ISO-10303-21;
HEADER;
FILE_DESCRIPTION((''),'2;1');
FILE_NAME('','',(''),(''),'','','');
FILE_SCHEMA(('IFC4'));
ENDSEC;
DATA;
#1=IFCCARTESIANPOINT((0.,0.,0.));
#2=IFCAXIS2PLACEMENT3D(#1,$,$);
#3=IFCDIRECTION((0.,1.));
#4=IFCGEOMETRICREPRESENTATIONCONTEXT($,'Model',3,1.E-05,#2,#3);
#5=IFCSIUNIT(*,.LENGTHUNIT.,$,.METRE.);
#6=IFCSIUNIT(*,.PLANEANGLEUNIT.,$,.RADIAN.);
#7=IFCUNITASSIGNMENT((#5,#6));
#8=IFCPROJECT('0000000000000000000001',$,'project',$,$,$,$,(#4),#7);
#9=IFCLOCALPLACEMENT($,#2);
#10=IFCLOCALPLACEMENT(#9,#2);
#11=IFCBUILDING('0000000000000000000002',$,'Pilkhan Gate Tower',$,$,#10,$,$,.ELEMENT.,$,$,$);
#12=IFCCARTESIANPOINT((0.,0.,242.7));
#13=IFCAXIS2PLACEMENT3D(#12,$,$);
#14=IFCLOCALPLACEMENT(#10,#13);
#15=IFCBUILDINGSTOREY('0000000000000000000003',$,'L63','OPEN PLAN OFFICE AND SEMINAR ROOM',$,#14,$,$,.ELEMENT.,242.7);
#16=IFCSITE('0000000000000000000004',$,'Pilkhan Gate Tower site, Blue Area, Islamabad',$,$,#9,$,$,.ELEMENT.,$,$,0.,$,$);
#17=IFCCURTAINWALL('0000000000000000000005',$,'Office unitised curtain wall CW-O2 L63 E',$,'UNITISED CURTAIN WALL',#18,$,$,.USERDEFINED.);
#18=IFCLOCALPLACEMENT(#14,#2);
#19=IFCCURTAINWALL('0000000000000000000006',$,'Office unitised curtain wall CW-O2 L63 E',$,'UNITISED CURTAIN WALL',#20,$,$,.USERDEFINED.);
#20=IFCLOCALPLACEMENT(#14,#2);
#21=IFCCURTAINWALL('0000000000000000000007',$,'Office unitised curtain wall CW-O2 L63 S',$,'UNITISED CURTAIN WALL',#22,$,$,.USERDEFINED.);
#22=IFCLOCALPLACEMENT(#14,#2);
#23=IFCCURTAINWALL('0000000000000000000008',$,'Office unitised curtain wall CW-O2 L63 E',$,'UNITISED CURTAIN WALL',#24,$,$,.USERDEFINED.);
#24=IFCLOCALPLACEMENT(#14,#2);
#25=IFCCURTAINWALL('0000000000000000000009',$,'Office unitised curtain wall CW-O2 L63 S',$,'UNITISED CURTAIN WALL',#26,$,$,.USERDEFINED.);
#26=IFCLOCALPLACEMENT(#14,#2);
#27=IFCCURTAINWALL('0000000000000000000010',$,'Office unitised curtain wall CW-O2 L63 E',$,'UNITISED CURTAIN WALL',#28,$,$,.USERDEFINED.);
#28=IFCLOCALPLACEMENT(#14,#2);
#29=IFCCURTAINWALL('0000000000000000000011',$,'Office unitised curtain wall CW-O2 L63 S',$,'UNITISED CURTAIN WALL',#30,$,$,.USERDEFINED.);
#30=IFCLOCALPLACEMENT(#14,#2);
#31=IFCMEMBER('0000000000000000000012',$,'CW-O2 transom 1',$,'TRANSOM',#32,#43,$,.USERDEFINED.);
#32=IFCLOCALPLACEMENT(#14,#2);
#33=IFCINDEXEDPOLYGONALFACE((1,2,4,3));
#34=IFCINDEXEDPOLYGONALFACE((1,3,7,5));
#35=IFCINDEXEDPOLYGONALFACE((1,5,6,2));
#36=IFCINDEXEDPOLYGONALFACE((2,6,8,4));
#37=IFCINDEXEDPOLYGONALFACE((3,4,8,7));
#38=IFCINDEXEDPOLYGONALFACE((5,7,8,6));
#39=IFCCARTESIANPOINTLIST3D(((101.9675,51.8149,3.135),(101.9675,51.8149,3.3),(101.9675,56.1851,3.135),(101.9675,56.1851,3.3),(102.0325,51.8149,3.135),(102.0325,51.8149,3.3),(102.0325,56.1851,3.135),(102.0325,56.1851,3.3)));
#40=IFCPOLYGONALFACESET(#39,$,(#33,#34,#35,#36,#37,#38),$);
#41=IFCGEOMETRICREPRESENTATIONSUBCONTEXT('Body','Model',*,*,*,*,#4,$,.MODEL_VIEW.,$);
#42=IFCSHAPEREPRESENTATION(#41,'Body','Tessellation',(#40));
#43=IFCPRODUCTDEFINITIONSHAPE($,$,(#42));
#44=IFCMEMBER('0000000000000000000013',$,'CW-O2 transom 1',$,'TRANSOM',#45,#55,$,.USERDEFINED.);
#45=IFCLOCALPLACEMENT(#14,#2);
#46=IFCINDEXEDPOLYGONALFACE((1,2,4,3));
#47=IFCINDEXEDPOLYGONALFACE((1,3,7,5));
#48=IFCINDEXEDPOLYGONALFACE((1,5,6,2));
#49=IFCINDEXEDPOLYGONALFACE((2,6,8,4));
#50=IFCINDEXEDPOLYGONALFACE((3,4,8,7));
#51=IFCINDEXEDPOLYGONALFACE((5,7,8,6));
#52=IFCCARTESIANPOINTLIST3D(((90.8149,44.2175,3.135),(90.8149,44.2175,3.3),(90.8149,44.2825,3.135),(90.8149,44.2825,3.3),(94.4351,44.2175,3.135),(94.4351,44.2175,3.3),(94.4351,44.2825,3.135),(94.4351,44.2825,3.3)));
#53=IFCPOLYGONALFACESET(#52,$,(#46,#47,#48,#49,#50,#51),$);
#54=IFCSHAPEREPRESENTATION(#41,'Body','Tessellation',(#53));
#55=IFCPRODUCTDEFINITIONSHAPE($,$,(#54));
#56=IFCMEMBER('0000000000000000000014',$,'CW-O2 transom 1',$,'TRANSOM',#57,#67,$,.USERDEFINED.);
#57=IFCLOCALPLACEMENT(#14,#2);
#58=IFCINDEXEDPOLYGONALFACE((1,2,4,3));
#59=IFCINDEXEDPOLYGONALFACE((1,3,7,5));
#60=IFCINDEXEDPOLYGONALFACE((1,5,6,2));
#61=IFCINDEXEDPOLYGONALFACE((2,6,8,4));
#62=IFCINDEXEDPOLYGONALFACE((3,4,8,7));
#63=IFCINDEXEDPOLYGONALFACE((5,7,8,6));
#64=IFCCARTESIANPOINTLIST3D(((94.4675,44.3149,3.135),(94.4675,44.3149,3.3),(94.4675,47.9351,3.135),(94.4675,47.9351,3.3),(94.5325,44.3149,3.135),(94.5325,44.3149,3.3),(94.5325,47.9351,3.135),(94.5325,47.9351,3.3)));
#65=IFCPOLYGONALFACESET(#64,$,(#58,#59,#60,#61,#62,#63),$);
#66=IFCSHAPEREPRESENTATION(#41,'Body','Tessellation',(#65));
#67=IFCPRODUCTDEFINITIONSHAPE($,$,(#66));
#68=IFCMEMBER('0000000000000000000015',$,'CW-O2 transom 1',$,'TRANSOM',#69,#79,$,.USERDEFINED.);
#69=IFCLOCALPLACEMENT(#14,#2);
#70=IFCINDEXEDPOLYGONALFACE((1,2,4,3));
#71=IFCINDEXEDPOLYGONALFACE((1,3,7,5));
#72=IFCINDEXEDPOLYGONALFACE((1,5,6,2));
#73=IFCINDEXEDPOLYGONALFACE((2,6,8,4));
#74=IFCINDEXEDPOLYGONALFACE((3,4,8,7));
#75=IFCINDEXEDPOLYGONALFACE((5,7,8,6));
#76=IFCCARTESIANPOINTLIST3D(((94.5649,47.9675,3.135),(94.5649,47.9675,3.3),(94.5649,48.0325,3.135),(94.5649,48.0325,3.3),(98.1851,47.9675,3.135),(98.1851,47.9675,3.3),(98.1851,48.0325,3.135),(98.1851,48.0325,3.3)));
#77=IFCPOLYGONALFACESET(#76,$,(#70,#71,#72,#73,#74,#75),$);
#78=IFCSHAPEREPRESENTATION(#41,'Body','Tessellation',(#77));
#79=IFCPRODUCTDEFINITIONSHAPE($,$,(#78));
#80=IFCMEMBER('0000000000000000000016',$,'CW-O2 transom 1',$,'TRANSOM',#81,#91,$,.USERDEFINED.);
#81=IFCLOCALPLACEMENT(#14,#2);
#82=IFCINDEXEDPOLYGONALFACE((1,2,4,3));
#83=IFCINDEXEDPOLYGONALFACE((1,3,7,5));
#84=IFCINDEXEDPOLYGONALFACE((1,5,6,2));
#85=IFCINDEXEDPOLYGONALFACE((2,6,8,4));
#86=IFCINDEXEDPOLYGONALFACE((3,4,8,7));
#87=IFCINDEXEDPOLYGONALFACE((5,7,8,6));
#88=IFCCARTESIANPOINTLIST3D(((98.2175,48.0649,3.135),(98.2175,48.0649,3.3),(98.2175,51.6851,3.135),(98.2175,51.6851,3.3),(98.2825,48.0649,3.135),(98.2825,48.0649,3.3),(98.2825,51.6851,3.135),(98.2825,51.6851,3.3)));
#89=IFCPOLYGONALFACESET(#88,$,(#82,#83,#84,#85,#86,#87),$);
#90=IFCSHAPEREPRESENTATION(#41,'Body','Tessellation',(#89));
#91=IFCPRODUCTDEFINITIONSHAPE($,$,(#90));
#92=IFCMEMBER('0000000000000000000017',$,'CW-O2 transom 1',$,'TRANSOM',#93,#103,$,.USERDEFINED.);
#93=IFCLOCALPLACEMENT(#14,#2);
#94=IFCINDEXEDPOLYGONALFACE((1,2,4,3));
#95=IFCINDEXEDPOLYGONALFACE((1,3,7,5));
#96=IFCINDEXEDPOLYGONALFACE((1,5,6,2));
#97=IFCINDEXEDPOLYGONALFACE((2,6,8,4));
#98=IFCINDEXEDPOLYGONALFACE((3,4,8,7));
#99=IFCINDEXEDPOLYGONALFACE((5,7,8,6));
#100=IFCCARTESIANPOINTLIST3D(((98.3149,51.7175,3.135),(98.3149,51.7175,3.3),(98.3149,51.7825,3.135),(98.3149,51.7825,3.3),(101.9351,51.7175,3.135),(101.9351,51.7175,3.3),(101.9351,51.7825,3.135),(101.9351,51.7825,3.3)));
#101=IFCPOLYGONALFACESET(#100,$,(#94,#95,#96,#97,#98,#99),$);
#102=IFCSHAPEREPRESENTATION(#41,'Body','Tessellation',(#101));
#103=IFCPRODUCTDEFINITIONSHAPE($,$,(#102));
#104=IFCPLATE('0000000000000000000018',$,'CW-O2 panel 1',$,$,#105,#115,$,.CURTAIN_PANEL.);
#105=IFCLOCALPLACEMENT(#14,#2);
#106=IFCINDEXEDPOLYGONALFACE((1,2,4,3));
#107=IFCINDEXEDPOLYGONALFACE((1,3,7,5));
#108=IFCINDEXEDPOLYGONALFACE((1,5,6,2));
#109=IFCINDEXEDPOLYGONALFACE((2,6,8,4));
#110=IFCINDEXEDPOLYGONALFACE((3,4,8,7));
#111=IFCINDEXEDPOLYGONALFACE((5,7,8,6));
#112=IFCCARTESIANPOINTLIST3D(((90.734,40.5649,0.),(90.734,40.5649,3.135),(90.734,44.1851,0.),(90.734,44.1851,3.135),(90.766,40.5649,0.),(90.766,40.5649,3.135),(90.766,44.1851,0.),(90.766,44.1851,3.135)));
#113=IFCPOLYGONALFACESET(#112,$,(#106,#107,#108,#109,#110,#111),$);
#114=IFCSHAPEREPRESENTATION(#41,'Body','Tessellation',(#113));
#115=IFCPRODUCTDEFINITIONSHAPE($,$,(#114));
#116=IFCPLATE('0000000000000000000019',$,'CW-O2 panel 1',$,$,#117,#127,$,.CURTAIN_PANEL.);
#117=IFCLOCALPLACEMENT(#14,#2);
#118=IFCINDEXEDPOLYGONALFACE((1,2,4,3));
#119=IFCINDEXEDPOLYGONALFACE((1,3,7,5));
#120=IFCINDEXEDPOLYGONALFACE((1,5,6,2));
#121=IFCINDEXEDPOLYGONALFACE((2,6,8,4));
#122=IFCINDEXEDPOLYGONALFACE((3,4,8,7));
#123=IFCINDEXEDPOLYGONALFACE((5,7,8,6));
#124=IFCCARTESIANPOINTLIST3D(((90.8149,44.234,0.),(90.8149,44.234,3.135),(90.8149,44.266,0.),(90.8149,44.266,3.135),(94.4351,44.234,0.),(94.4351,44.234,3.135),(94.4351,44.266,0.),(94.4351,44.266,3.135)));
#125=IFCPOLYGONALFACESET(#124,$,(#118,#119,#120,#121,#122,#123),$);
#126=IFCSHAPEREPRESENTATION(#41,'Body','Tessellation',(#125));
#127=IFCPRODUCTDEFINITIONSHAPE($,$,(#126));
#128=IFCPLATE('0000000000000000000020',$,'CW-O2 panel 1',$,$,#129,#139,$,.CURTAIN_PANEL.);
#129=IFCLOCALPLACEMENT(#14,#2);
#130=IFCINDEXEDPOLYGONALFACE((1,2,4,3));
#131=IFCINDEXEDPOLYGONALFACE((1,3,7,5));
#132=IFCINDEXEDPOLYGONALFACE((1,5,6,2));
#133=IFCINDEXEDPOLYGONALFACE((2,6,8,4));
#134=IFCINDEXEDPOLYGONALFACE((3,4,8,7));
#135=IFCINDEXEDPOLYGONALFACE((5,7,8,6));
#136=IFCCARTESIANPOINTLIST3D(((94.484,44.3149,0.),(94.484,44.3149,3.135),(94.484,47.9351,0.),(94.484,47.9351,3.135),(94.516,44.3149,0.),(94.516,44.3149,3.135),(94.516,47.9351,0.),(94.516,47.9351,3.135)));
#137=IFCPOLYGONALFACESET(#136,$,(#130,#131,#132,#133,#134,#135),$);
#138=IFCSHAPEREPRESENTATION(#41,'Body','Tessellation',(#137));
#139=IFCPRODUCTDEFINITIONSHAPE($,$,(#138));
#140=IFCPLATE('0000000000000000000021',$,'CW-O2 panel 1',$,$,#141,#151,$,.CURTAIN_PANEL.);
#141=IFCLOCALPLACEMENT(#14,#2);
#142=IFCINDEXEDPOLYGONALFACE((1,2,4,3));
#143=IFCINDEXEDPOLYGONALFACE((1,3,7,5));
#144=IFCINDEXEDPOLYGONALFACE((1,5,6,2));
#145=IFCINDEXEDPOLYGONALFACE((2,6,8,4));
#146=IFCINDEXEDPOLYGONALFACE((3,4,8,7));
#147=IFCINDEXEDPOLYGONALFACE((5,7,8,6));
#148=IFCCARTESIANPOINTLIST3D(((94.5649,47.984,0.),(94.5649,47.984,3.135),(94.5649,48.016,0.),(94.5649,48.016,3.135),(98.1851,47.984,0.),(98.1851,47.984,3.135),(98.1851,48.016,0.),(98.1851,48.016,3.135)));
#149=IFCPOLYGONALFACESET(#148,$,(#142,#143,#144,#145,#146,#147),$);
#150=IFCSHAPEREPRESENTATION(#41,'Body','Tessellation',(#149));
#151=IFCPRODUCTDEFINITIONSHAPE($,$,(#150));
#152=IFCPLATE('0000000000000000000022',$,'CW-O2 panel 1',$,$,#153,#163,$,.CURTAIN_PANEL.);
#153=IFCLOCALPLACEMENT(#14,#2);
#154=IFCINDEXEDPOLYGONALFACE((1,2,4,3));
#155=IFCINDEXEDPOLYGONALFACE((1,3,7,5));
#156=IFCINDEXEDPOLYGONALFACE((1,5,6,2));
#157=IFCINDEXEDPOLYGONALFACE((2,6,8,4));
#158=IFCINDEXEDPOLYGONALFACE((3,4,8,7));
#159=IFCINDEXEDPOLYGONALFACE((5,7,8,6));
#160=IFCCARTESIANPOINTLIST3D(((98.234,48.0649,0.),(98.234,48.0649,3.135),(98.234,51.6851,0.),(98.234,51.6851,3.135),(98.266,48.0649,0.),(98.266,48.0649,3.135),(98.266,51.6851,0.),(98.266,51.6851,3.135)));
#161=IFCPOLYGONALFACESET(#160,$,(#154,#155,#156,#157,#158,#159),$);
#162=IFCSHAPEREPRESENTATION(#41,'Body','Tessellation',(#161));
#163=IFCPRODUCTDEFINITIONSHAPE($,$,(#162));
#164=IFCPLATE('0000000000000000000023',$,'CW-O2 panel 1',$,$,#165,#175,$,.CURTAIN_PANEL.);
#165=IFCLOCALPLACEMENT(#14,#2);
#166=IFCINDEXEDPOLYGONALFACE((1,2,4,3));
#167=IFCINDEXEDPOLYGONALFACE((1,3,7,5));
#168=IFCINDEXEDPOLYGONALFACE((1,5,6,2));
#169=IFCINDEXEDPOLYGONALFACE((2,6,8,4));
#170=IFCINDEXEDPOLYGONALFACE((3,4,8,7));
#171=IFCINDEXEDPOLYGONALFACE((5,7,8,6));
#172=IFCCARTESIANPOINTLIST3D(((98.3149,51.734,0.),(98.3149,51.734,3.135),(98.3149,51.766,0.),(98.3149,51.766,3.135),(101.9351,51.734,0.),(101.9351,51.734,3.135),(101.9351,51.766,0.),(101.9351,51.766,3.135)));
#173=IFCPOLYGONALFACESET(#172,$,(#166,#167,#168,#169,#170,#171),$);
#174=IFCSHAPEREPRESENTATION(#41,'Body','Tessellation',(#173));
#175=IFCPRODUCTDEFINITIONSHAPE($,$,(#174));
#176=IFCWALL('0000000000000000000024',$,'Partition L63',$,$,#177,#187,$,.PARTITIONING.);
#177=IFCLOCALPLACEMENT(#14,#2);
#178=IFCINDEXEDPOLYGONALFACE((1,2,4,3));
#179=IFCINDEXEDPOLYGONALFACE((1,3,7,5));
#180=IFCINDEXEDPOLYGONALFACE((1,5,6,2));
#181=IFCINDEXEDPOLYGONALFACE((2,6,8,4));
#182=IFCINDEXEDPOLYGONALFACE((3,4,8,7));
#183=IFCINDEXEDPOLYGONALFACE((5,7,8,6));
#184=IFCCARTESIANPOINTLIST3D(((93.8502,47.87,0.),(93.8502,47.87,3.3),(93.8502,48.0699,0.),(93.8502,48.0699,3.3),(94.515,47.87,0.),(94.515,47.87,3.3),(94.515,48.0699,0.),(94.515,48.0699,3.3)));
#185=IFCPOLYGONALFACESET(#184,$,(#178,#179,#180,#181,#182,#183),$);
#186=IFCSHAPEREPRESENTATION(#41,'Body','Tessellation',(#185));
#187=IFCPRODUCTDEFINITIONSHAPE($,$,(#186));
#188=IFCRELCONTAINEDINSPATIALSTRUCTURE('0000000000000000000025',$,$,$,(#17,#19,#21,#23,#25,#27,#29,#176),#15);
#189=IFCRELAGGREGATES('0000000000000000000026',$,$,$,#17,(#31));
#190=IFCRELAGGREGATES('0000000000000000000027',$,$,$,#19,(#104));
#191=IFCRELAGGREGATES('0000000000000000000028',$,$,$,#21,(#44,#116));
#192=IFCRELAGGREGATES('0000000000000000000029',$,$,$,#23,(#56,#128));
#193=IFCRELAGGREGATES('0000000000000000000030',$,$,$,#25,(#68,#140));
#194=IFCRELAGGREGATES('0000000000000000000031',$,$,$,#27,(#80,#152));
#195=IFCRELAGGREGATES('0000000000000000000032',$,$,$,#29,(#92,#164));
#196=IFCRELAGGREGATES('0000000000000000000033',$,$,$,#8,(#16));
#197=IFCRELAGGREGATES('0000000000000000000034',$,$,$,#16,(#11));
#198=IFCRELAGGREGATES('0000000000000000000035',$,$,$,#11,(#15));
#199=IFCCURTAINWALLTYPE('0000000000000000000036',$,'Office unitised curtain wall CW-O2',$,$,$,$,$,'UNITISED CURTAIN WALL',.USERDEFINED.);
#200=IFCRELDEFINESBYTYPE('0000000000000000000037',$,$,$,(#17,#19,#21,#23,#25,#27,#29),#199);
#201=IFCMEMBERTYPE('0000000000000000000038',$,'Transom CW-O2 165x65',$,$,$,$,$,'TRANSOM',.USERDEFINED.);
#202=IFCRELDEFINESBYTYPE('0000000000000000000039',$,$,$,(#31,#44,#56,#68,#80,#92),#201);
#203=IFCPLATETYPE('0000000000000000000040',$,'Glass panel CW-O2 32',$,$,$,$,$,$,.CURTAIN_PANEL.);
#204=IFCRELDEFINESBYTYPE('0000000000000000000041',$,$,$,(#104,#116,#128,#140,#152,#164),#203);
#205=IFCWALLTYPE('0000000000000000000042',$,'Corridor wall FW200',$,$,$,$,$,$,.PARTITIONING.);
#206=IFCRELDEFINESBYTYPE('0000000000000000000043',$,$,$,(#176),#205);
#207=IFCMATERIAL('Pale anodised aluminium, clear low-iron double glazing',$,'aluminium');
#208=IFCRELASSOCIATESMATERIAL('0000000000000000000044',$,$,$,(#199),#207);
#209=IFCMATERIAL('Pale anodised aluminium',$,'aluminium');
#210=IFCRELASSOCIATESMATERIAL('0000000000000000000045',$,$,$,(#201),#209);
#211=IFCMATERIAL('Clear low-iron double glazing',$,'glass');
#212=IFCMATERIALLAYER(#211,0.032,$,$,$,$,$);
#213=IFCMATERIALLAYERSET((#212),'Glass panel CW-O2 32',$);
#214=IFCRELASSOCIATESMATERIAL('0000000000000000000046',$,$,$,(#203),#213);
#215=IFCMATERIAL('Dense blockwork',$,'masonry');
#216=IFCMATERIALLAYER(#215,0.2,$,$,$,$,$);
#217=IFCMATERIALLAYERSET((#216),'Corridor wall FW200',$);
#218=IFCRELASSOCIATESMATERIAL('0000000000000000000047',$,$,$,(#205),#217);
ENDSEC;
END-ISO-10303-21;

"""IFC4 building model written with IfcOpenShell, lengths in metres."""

from ifc_helpers import new_model, si_unit, direction, frame, frame_2d, origin, origin_2d, place, context, subcontext, project, spatial, rectangle, extrude, material, layer, layer_set, material_profile, profile_set, type_object, element, aggregate, save


model = new_model("IFC4")

# Units and contexts
model_context = context("Model", 3, precision=1e-05, world=origin(), true_north=direction((0.0, 1.0)))
body_context = subcontext(model_context, "Body", "Model", "MODEL_VIEW")
ifc_project = project(units=[si_unit("LENGTHUNIT", "METRE"), si_unit("PLANEANGLEUNIT", "RADIAN")], contexts=[model_context])

# Site, building, storey
site_placement = place(None, origin())
site = spatial("IfcSite", under=ifc_project, at=site_placement, Name="Pilkhan Gate Tower site, Blue Area, Islamabad", CompositionType="ELEMENT", RefElevation=0.0)
building_placement = place(site_placement, origin())
building = spatial("IfcBuilding", under=site, at=building_placement, Name="Pilkhan Gate Tower", CompositionType="ELEMENT")
storey_placement = place(building_placement, frame((0.0, 0.0, 242.7)))
storey = spatial("IfcBuildingStorey", under=building, at=storey_placement, Name="L63", Description="OPEN PLAN OFFICE AND SEMINAR ROOM", CompositionType="ELEMENT", Elevation=242.7)

# Curtain walls
ifc_material_1 = material(Name="Pale anodised aluminium, clear low-iron double glazing", Category="aluminium")
curtain_wall_type = type_object("IfcCurtainWallType", Name="Office unitised curtain wall CW-O2", ElementType="UNITISED CURTAIN WALL", PredefinedType="USERDEFINED", material=ifc_material_1)
curtain_wall_1_placement = place(storey_placement, origin())
curtain_wall_1 = element("IfcCurtainWall", 1, at=curtain_wall_1_placement, inside=storey, type_object=curtain_wall_type, Name="Office unitised curtain wall CW-O2 L63 E", ObjectType="UNITISED CURTAIN WALL", PredefinedType="USERDEFINED")
ifc_material_2 = material(Name="Pale anodised aluminium", Category="aluminium")
curtain_wall_2_placement = place(storey_placement, origin())
curtain_wall_2 = element("IfcCurtainWall", 2, at=curtain_wall_2_placement, inside=storey, type_object=curtain_wall_type, Name="Office unitised curtain wall CW-O2 L63 E", ObjectType="UNITISED CURTAIN WALL", PredefinedType="USERDEFINED")

# Curtain walls
curtain_wall_3_placement = place(storey_placement, origin())
curtain_wall_3 = element("IfcCurtainWall", 3, at=curtain_wall_3_placement, inside=storey, type_object=curtain_wall_type, Name="Office unitised curtain wall CW-O2 L63 S", ObjectType="UNITISED CURTAIN WALL", PredefinedType="USERDEFINED")
curtain_wall_4_placement = place(storey_placement, origin())
curtain_wall_4 = element("IfcCurtainWall", 4, at=curtain_wall_4_placement, inside=storey, type_object=curtain_wall_type, Name="Office unitised curtain wall CW-O2 L63 E", ObjectType="UNITISED CURTAIN WALL", PredefinedType="USERDEFINED")
curtain_wall_5_placement = place(storey_placement, origin())
curtain_wall_5 = element("IfcCurtainWall", 5, at=curtain_wall_5_placement, inside=storey, type_object=curtain_wall_type, Name="Office unitised curtain wall CW-O2 L63 S", ObjectType="UNITISED CURTAIN WALL", PredefinedType="USERDEFINED")
curtain_wall_6_placement = place(storey_placement, origin())
curtain_wall_6 = element("IfcCurtainWall", 6, at=curtain_wall_6_placement, inside=storey, type_object=curtain_wall_type, Name="Office unitised curtain wall CW-O2 L63 E", ObjectType="UNITISED CURTAIN WALL", PredefinedType="USERDEFINED")
curtain_wall_7_placement = place(storey_placement, origin())
curtain_wall_7 = element("IfcCurtainWall", 7, at=curtain_wall_7_placement, inside=storey, type_object=curtain_wall_type, Name="Office unitised curtain wall CW-O2 L63 S", ObjectType="UNITISED CURTAIN WALL", PredefinedType="USERDEFINED")

# Members
ifc_material_profile_1 = material_profile(ifc_material_2, rectangle(XDim=0.0649, YDim=0.165, at=origin_2d()), Name="Transom 165x65")
ifc_profile_set_1 = profile_set([ifc_material_profile_1], Name="Pale anodised aluminium")
member_type_1 = type_object("IfcMemberType", Name="Transom CW-O2 165x65", ElementType="TRANSOM", PredefinedType="USERDEFINED", material=ifc_profile_set_1)
member_1_placement = place(storey_placement, frame((102.0, 51.8149, 3.2175), z_axis=(0.0, 1.0, 0.0), x_axis=(-1.0, 0.0, 0.0)))
member_1 = element("IfcMember", 8, at=member_1_placement, type_object=member_type_1, Name="CW-O2 transom 1", ObjectType="TRANSOM", PredefinedType="USERDEFINED", context=body_context, shape_type="SweptSolid", body=[
    extrude(rectangle(XDim=0.0649, YDim=0.165, at=origin_2d()), origin(), (0.0, 0.0, 1.0), 4.3701),
])
aggregate(curtain_wall_1, [member_1])
member_2_placement = place(storey_placement, frame((90.8149, 44.25, 3.2175), z_axis=(1.0, 0.0, 0.0), x_axis=(0.0, 1.0, 0.0)))
member_2 = element("IfcMember", 9, at=member_2_placement, type_object=member_type_1, Name="CW-O2 transom 1", ObjectType="TRANSOM", PredefinedType="USERDEFINED", context=body_context, shape_type="SweptSolid", body=[
    extrude(rectangle(XDim=0.0649, YDim=0.165, at=origin_2d()), origin(), (0.0, 0.0, 1.0), 3.6201),
])
member_3_placement = place(storey_placement, frame((94.5, 44.3149, 3.2175), z_axis=(0.0, 1.0, 0.0), x_axis=(-1.0, 0.0, 0.0)))
member_3 = element("IfcMember", 10, at=member_3_placement, type_object=member_type_1, Name="CW-O2 transom 1", ObjectType="TRANSOM", PredefinedType="USERDEFINED", context=body_context, shape_type="SweptSolid", body=[
    extrude(rectangle(XDim=0.0649, YDim=0.165, at=origin_2d()), origin(), (0.0, 0.0, 1.0), 3.6201),
])
member_4_placement = place(storey_placement, frame((94.5649, 48.0, 3.2175), z_axis=(1.0, 0.0, 0.0), x_axis=(0.0, 1.0, 0.0)))
member_4 = element("IfcMember", 11, at=member_4_placement, type_object=member_type_1, Name="CW-O2 transom 1", ObjectType="TRANSOM", PredefinedType="USERDEFINED", context=body_context, shape_type="SweptSolid", body=[
    extrude(rectangle(XDim=0.0649, YDim=0.165, at=origin_2d()), origin(), (0.0, 0.0, 1.0), 3.6201),
])
member_5_placement = place(storey_placement, frame((98.25, 48.0649, 3.2175), z_axis=(0.0, 1.0, 0.0), x_axis=(-1.0, 0.0, 0.0)))
member_5 = element("IfcMember", 12, at=member_5_placement, type_object=member_type_1, Name="CW-O2 transom 1", ObjectType="TRANSOM", PredefinedType="USERDEFINED", context=body_context, shape_type="SweptSolid", body=[
    extrude(rectangle(XDim=0.0649, YDim=0.165, at=origin_2d()), origin(), (0.0, 0.0, 1.0), 3.6201),
])
member_6_placement = place(storey_placement, frame((98.3149, 51.75, 3.2175), z_axis=(1.0, 0.0, 0.0), x_axis=(0.0, 1.0, 0.0)))
member_6 = element("IfcMember", 13, at=member_6_placement, type_object=member_type_1, Name="CW-O2 transom 1", ObjectType="TRANSOM", PredefinedType="USERDEFINED", context=body_context, shape_type="SweptSolid", body=[
    extrude(rectangle(XDim=0.0649, YDim=0.165, at=origin_2d()), origin(), (0.0, 0.0, 1.0), 3.6201),
])

# Plates
ifc_material_3 = material(Name="Clear low-iron double glazing", Category="glass")
ifc_layer_1 = layer(ifc_material_3, 0.032)
ifc_layer_set_1 = layer_set([ifc_layer_1], Name="Glass panel CW-O2 32")
plate_type = type_object("IfcPlateType", Name="Glass panel CW-O2 32", PredefinedType="CURTAIN_PANEL", material=ifc_layer_set_1)
plate_1_placement = place(storey_placement, frame((90.75, 42.375, 0.0), z_axis=(0.0, 0.0, 1.0), x_axis=(0.0, 1.0, 0.0)))
plate_1 = element("IfcPlate", 14, at=plate_1_placement, type_object=plate_type, Name="CW-O2 panel 1", PredefinedType="CURTAIN_PANEL", context=body_context, shape_type="SweptSolid", body=[
    extrude(rectangle(XDim=3.6201, YDim=0.032, at=origin_2d()), origin(), (0.0, 0.0, 1.0), 3.135),
])
aggregate(curtain_wall_2, [plate_1])
plate_2_placement = place(storey_placement, frame((92.625, 44.25, 0.0), z_axis=(0.0, 0.0, 1.0), x_axis=(1.0, 0.0, 0.0)))
plate_2 = element("IfcPlate", 15, at=plate_2_placement, type_object=plate_type, Name="CW-O2 panel 1", PredefinedType="CURTAIN_PANEL", context=body_context, shape_type="SweptSolid", body=[
    extrude(rectangle(XDim=3.6201, YDim=0.032, at=origin_2d()), origin(), (0.0, 0.0, 1.0), 3.135),
])
aggregate(curtain_wall_3, [member_2, plate_2])
plate_3_placement = place(storey_placement, frame((94.5, 46.125, 0.0), z_axis=(0.0, 0.0, 1.0), x_axis=(0.0, 1.0, 0.0)))
plate_3 = element("IfcPlate", 16, at=plate_3_placement, type_object=plate_type, Name="CW-O2 panel 1", PredefinedType="CURTAIN_PANEL", context=body_context, shape_type="SweptSolid", body=[
    extrude(rectangle(XDim=3.6201, YDim=0.032, at=origin_2d()), origin(), (0.0, 0.0, 1.0), 3.135),
])
aggregate(curtain_wall_4, [member_3, plate_3])
plate_4_placement = place(storey_placement, frame((96.375, 48.0, 0.0), z_axis=(0.0, 0.0, 1.0), x_axis=(1.0, 0.0, 0.0)))
plate_4 = element("IfcPlate", 17, at=plate_4_placement, type_object=plate_type, Name="CW-O2 panel 1", PredefinedType="CURTAIN_PANEL", context=body_context, shape_type="SweptSolid", body=[
    extrude(rectangle(XDim=3.6201, YDim=0.032, at=origin_2d()), origin(), (0.0, 0.0, 1.0), 3.135),
])
aggregate(curtain_wall_5, [member_4, plate_4])
plate_5_placement = place(storey_placement, frame((98.25, 49.875, 0.0), z_axis=(0.0, 0.0, 1.0), x_axis=(0.0, 1.0, 0.0)))
plate_5 = element("IfcPlate", 18, at=plate_5_placement, type_object=plate_type, Name="CW-O2 panel 1", PredefinedType="CURTAIN_PANEL", context=body_context, shape_type="SweptSolid", body=[
    extrude(rectangle(XDim=3.6201, YDim=0.032, at=origin_2d()), origin(), (0.0, 0.0, 1.0), 3.135),
])
aggregate(curtain_wall_6, [member_5, plate_5])
plate_6_placement = place(storey_placement, frame((100.125, 51.75, 0.0), z_axis=(0.0, 0.0, 1.0), x_axis=(1.0, 0.0, 0.0)))
plate_6 = element("IfcPlate", 19, at=plate_6_placement, type_object=plate_type, Name="CW-O2 panel 1", PredefinedType="CURTAIN_PANEL", context=body_context, shape_type="SweptSolid", body=[
    extrude(rectangle(XDim=3.6201, YDim=0.032, at=origin_2d()), origin(), (0.0, 0.0, 1.0), 3.135),
])
aggregate(curtain_wall_7, [member_6, plate_6])

# Wall
ifc_material_4 = material(Name="Dense blockwork", Category="masonry")
ifc_layer_2 = layer(ifc_material_4, 0.2)
ifc_layer_set_2 = layer_set([ifc_layer_2], Name="Corridor wall FW200")
wall_type = type_object("IfcWallType", Name="Corridor wall FW200", PredefinedType="PARTITIONING", material=ifc_layer_set_2)
wall_1_placement = place(storey_placement, frame((93.8501, 47.97, 0.0), z_axis=(0.0, 0.0, 1.0), x_axis=(1.0, 0.0, 0.0)))
element("IfcWall", 20, at=wall_1_placement, inside=storey, type_object=wall_type, Name="Partition L63", PredefinedType="PARTITIONING", context=body_context, shape_type="SweptSolid", body=[
    extrude(rectangle(XDim=0.6648, YDim=0.2, at=frame_2d((0.3325, 0.0))), origin(), (0.0, 0.0, 1.0), 3.3),
])

save(model, "model.ifc")
